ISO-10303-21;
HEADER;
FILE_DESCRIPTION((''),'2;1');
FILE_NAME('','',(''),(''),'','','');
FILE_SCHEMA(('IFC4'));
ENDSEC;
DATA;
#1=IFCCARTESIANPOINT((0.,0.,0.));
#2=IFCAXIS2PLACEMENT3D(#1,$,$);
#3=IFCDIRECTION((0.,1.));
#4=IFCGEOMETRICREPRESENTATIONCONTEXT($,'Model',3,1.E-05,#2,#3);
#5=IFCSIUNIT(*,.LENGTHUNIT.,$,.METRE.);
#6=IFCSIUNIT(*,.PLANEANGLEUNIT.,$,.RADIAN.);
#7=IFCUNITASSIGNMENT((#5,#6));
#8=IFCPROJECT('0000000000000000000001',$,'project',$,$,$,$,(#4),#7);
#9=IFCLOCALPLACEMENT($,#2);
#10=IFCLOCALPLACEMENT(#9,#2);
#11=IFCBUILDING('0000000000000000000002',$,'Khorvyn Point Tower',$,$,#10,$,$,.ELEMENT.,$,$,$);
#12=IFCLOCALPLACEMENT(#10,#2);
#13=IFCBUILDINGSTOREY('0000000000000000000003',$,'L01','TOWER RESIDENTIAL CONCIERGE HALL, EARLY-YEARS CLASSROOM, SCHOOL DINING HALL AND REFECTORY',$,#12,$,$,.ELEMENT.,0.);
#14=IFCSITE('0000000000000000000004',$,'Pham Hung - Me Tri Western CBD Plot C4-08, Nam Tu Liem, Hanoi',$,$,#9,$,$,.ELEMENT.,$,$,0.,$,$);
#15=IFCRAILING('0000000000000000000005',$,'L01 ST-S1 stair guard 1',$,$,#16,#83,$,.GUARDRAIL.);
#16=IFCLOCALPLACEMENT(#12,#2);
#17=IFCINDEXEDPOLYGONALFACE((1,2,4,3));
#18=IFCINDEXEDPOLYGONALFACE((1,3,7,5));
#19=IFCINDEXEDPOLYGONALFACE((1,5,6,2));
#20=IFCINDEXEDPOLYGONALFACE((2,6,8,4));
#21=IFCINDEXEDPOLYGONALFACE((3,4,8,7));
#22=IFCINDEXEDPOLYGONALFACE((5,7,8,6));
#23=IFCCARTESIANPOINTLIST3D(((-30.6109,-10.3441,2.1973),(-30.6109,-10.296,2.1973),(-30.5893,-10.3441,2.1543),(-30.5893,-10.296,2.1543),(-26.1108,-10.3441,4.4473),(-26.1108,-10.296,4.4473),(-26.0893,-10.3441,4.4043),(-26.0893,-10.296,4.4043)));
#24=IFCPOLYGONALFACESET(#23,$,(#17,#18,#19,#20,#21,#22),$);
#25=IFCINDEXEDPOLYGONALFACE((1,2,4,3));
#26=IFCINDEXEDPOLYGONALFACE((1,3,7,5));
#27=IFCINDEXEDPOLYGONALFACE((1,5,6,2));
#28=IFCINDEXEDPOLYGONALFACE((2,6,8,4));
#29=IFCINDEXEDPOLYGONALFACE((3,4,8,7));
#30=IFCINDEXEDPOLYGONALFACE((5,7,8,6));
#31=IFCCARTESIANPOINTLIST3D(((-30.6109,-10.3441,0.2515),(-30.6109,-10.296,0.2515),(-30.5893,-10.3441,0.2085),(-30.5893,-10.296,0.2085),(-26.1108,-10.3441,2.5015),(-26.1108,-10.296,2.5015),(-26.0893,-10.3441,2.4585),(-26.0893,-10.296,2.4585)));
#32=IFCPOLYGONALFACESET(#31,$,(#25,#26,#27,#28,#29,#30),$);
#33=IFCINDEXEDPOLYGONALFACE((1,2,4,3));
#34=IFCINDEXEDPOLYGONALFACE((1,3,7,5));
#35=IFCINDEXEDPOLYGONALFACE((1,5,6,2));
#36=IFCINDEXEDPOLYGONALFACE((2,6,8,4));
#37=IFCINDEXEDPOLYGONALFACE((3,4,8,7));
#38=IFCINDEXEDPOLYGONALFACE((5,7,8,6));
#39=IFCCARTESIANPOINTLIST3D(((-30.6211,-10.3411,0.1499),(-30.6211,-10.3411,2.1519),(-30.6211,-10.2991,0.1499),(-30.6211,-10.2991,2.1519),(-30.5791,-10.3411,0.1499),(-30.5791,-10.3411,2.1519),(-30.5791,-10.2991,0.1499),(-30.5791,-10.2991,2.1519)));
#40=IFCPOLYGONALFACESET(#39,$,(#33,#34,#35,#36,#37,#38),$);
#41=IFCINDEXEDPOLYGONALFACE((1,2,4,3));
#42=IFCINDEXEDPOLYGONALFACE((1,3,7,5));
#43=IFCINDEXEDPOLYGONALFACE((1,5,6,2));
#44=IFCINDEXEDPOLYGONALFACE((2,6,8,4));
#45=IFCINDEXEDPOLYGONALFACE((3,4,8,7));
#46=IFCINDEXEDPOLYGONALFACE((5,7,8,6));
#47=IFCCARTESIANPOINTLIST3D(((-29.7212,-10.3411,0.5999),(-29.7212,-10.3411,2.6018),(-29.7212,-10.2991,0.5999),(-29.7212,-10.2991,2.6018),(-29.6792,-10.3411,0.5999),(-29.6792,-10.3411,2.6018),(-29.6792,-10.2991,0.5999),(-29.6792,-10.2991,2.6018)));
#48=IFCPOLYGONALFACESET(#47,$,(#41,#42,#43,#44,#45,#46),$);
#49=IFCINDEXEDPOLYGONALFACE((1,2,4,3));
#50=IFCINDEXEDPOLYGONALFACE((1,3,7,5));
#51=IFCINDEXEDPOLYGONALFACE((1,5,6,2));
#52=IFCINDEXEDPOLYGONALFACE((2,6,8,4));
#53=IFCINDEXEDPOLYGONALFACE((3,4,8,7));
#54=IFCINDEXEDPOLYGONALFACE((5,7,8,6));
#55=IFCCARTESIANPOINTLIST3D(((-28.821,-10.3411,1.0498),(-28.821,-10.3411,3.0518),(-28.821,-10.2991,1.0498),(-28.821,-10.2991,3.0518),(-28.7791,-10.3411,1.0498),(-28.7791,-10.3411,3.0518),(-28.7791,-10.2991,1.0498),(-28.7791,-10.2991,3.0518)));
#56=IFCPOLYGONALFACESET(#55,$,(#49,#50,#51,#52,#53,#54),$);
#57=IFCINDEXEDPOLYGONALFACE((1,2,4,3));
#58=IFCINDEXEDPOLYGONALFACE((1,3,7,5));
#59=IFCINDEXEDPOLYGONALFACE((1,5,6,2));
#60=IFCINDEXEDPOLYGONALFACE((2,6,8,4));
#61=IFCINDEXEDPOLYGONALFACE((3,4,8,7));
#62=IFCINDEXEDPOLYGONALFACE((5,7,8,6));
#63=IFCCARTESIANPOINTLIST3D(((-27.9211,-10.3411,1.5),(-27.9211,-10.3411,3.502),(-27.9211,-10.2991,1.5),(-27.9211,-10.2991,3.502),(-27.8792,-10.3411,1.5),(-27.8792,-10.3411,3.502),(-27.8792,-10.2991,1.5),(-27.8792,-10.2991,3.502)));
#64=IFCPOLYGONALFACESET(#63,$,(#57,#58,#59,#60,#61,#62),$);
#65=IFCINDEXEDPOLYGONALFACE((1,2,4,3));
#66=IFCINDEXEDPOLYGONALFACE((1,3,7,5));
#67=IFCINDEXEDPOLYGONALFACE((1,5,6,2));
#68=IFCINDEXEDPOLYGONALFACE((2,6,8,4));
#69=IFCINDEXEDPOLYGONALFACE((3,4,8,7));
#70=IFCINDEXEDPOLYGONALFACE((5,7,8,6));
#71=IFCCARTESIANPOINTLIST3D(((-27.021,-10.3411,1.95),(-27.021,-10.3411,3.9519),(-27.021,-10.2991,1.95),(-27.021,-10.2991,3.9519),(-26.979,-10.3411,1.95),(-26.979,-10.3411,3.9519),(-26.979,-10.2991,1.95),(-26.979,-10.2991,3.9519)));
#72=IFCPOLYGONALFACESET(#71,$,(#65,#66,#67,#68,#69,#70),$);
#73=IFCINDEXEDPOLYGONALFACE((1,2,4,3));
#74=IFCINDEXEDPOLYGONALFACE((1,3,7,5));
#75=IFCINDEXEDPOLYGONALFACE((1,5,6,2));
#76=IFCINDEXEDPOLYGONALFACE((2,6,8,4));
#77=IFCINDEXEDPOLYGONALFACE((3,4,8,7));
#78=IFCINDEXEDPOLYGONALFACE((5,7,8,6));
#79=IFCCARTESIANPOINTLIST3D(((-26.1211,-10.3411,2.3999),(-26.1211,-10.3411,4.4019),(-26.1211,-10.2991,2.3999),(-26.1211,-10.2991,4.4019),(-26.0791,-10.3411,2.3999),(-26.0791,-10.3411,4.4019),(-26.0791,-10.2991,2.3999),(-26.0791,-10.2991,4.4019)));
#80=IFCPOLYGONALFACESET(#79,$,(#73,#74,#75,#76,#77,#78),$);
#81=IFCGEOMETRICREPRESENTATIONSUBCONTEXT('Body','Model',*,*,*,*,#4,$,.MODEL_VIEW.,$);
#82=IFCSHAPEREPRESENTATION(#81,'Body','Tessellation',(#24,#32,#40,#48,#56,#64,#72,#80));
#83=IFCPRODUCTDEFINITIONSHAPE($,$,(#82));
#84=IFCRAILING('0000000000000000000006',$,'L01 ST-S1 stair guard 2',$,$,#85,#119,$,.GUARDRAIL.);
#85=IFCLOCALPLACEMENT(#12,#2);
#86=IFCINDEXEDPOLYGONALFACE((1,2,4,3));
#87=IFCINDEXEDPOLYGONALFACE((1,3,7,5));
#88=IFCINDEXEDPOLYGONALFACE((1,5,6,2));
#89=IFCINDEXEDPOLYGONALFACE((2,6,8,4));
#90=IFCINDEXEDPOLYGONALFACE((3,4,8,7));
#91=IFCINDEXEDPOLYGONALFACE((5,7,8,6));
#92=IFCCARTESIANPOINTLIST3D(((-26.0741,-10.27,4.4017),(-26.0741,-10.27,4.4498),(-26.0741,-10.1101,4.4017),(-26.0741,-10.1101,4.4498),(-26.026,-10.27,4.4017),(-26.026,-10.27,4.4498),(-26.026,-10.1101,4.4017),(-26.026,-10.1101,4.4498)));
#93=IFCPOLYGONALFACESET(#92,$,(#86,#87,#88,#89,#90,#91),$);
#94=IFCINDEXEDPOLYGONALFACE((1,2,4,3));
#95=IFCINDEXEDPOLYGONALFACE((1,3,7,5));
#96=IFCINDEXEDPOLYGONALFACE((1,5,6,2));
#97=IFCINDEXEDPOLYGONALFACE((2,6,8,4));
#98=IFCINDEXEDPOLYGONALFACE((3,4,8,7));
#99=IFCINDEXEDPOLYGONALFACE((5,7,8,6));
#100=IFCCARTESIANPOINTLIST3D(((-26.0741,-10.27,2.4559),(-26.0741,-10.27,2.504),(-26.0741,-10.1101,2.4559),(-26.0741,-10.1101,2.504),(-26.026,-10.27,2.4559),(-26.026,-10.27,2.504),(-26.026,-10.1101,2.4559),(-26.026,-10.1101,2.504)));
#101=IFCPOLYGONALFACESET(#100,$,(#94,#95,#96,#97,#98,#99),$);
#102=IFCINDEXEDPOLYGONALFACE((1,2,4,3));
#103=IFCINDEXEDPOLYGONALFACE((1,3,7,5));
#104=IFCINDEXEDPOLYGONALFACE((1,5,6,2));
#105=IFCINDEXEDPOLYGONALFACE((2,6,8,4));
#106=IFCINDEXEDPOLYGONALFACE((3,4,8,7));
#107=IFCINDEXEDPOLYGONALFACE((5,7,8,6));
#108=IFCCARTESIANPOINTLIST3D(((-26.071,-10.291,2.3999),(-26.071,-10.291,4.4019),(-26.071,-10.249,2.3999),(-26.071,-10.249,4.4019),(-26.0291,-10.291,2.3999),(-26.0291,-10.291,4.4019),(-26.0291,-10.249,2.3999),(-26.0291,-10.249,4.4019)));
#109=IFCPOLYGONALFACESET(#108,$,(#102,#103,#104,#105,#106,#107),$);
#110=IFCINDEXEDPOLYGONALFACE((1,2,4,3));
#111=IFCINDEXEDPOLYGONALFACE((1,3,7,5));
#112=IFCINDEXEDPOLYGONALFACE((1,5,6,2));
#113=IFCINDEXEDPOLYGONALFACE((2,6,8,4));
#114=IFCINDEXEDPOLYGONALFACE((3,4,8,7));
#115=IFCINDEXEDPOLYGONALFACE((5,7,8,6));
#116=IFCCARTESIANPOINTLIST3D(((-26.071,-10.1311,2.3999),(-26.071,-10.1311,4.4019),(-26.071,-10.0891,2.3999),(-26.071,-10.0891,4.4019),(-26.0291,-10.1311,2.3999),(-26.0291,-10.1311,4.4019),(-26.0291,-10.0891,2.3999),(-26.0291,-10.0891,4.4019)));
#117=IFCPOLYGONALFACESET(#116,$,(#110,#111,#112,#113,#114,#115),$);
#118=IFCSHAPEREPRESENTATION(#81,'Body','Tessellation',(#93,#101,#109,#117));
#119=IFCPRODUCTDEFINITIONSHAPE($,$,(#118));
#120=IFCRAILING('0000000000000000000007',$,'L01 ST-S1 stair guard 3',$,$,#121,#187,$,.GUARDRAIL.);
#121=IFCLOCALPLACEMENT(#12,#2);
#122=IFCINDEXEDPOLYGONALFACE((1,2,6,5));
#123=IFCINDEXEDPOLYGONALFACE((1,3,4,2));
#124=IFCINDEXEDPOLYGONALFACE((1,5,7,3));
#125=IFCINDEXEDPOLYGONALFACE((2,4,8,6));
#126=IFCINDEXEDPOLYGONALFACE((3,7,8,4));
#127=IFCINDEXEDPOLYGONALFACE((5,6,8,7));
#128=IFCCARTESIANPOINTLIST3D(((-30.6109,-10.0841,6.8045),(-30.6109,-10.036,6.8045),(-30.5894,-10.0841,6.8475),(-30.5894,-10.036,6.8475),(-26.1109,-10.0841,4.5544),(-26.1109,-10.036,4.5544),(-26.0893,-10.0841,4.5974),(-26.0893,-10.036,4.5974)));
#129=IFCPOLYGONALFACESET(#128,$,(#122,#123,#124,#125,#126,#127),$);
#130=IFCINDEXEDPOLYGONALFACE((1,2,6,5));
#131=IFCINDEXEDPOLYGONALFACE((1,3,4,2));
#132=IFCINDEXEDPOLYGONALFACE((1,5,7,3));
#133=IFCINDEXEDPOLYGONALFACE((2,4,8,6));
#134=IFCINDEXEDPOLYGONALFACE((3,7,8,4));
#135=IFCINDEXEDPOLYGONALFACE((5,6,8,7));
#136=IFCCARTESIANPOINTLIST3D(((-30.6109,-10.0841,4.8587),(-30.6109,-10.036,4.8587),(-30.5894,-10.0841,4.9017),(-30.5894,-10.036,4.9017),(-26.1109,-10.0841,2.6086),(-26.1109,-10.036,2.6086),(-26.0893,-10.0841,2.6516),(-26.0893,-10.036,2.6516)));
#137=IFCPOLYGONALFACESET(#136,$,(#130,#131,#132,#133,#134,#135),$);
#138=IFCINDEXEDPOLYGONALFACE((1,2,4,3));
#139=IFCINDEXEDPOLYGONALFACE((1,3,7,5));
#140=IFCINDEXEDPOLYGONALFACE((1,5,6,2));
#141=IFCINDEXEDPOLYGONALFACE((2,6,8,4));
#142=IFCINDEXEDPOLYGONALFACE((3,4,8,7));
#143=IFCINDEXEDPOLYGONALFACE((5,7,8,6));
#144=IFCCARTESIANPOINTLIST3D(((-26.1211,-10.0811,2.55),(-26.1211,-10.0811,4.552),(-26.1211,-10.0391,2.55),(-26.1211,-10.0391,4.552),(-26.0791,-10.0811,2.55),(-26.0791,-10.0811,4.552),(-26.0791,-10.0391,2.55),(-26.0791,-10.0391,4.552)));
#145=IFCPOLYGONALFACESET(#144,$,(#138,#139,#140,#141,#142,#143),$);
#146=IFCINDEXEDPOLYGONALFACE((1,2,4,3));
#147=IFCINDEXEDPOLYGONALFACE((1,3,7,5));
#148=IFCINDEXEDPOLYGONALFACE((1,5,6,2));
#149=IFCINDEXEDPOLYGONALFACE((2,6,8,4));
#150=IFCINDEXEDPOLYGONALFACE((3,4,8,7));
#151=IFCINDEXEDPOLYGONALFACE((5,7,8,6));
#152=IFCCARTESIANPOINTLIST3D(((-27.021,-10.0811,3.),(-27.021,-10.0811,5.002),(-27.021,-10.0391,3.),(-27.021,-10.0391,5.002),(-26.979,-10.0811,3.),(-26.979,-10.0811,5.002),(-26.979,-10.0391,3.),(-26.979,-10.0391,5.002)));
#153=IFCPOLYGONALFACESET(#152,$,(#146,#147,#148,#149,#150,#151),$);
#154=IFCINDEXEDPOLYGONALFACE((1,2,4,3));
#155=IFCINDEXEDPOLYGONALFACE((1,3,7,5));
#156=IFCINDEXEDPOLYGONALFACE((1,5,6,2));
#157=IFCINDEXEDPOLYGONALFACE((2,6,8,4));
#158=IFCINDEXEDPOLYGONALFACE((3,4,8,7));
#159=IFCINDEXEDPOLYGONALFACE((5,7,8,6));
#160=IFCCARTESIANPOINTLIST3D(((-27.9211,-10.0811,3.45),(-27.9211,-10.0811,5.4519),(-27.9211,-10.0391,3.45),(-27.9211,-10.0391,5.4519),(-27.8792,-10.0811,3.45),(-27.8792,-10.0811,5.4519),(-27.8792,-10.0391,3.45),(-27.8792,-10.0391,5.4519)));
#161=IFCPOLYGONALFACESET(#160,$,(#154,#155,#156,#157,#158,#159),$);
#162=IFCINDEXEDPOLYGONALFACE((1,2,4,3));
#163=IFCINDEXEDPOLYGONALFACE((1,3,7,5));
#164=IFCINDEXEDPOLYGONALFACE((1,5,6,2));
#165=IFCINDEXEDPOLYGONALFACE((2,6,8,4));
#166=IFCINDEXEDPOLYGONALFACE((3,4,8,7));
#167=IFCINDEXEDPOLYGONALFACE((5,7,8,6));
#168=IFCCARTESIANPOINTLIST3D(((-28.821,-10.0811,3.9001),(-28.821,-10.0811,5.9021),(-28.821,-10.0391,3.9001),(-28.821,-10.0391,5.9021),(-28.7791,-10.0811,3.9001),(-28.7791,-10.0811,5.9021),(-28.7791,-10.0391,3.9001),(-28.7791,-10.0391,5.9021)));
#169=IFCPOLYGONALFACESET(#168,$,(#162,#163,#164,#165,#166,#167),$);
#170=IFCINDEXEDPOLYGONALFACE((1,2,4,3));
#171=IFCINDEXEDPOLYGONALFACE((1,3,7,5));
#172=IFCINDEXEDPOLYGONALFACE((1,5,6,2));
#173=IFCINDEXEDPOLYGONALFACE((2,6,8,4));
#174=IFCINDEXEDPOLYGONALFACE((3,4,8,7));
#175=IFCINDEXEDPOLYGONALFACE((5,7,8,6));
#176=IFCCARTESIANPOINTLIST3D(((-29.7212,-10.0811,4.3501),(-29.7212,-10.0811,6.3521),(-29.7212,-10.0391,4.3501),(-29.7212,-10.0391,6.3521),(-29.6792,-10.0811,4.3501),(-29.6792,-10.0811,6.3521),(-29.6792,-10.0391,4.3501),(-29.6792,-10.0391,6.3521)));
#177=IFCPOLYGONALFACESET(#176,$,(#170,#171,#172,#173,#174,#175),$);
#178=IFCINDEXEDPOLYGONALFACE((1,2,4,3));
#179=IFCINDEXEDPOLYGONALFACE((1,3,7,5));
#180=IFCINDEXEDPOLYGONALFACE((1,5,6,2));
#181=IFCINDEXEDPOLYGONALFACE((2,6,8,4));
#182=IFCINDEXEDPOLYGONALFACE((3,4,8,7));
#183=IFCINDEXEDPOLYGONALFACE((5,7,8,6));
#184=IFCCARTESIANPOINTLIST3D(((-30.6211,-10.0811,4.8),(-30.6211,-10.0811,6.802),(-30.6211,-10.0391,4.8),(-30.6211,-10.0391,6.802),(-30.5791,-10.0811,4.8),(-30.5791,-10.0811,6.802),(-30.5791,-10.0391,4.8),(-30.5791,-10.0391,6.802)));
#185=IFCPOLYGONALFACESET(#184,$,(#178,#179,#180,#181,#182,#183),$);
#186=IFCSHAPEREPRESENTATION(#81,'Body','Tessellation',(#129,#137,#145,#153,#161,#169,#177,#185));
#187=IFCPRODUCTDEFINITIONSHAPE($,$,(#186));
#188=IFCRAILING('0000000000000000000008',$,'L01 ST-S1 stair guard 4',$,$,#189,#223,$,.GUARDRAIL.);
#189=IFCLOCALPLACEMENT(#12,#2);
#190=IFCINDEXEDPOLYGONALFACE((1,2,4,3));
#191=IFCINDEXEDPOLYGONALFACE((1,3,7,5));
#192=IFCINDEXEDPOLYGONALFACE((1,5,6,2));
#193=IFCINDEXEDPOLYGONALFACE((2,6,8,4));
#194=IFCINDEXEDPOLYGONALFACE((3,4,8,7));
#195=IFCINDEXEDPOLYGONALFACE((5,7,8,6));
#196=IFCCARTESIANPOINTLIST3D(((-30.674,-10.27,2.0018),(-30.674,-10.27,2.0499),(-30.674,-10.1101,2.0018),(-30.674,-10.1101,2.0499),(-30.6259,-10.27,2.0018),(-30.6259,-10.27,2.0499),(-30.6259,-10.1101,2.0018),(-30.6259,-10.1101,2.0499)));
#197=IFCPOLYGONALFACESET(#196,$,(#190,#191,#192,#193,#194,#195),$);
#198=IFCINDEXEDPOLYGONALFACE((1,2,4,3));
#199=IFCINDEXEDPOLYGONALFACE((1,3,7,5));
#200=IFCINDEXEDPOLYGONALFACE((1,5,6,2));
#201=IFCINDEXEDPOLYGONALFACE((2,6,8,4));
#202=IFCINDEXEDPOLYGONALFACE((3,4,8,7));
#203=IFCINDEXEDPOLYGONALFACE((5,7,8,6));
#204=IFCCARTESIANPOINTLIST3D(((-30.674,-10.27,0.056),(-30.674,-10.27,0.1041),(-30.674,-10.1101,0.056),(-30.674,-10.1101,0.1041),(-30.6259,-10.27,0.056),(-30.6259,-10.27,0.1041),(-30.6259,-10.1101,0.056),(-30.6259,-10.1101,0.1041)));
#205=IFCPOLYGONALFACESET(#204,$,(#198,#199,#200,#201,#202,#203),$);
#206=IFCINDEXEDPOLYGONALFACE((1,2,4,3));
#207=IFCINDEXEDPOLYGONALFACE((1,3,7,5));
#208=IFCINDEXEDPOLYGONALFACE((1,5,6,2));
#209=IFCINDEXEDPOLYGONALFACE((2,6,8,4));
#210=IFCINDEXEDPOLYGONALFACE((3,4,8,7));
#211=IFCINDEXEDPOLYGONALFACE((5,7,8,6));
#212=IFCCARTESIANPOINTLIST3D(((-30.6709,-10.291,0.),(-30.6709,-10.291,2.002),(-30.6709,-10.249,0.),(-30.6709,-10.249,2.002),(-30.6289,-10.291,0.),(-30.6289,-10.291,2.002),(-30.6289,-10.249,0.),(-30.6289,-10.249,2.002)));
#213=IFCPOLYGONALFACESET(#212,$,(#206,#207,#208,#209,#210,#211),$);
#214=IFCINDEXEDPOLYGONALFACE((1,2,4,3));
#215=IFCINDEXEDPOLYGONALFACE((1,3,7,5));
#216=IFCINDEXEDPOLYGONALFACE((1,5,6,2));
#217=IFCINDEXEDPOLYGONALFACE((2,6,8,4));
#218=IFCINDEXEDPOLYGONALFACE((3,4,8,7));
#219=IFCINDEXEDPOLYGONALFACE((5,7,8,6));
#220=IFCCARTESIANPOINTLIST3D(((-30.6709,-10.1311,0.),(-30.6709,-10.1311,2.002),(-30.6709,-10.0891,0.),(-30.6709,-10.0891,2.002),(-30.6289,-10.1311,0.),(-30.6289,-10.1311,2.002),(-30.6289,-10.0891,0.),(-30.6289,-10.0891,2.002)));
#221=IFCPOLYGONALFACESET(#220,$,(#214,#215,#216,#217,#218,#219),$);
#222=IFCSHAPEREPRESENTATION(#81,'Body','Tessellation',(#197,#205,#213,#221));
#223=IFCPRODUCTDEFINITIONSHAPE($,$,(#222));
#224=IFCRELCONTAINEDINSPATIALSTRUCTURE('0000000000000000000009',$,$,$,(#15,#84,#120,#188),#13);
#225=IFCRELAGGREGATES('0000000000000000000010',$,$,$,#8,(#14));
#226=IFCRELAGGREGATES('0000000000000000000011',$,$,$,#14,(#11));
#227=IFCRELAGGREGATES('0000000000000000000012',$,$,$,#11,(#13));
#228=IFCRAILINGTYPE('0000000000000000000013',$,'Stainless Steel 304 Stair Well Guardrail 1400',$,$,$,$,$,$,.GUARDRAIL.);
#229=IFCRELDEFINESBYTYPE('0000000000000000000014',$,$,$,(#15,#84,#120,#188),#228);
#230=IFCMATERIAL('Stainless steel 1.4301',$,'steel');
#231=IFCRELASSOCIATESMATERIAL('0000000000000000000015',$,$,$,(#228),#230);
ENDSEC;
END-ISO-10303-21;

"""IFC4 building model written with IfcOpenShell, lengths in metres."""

from ifc_helpers import new_model, si_unit, direction, frame, origin, origin_2d, place, context, subcontext, project, spatial, rectangle, extrude, material, type_object, element, save


model = new_model("IFC4")

# Units and contexts
model_context = context("Model", 3, precision=1e-05, world=origin(), true_north=direction((0.0, 1.0)))
body_context = subcontext(model_context, "Body", "Model", "MODEL_VIEW")
ifc_project = project(units=[si_unit("LENGTHUNIT", "METRE"), si_unit("PLANEANGLEUNIT", "RADIAN")], contexts=[model_context])

# Site, building, storey
site_placement = place(None, origin())
site = spatial("IfcSite", under=ifc_project, at=site_placement, Name="Pham Hung - Me Tri Western CBD Plot C4-08, Nam Tu Liem, Hanoi", CompositionType="ELEMENT", RefElevation=0.0)
building_placement = place(site_placement, origin())
building = spatial("IfcBuilding", under=site, at=building_placement, Name="Khorvyn Point Tower", CompositionType="ELEMENT")
storey_placement = place(building_placement, origin())
storey = spatial("IfcBuildingStorey", under=building, at=storey_placement, Name="L01", Description="TOWER RESIDENTIAL CONCIERGE HALL, EARLY-YEARS CLASSROOM, SCHOOL DINING HALL AND REFECTORY", CompositionType="ELEMENT", Elevation=0.0)

# Railings
ifc_material_1 = material(Name="Stainless steel 1.4301", Category="steel")
railing_type_1 = type_object("IfcRailingType", Name="Stainless Steel 304 Stair Well Guardrail 1400", PredefinedType="GUARDRAIL", material=ifc_material_1)
railing_1_placement = place(storey_placement, frame((-30.6001, -10.3201, 0.1499)))
element("IfcRailing", 1, at=railing_1_placement, inside=storey, type_object=railing_type_1, Name="L01 ST-S1 stair guard 1", PredefinedType="GUARDRAIL", context=body_context, shape_type="SweptSolid", body=[
    extrude(rectangle(XDim=0.0481, YDim=0.0481, at=origin_2d()), frame((0.0, 0.0, 2.0259), z_axis=(0.894427, 0.0, 0.447214), x_axis=(0.0, 1.0, 0.0)), (0.0, 0.0, 1.0), 5.0312),
    extrude(rectangle(XDim=0.0481, YDim=0.0481, at=origin_2d()), frame((0.0, 0.0, 0.0801), z_axis=(0.894427, 0.0, 0.447214), x_axis=(0.0, 1.0, 0.0)), (0.0, 0.0, 1.0), 5.0312),
    extrude(rectangle(XDim=0.042, YDim=0.042, at=origin_2d()), origin(), (0.0, 0.0, 1.0), 2.002),
    extrude(rectangle(XDim=0.042, YDim=0.042, at=origin_2d()), frame((0.8999, 0.0, 0.45)), (0.0, 0.0, 1.0), 2.002),
    extrude(rectangle(XDim=0.042, YDim=0.042, at=origin_2d()), frame((1.8, 0.0, 0.8999)), (0.0, 0.0, 1.0), 2.002),
    extrude(rectangle(XDim=0.042, YDim=0.042, at=origin_2d()), frame((2.7, 0.0, 1.3501)), (0.0, 0.0, 1.0), 2.002),
    extrude(rectangle(XDim=0.042, YDim=0.042, at=origin_2d()), frame((3.6001, 0.0, 1.8)), (0.0, 0.0, 1.0), 2.002),
    extrude(rectangle(XDim=0.042, YDim=0.042, at=origin_2d()), frame((4.5, 0.0, 2.25)), (0.0, 0.0, 1.0), 2.002),
])
railing_2_placement = place(storey_placement, frame((-26.05, -10.27, 2.3999)))
element("IfcRailing", 2, at=railing_2_placement, inside=storey, type_object=railing_type_1, Name="L01 ST-S1 stair guard 2", PredefinedType="GUARDRAIL", context=body_context, shape_type="SweptSolid", body=[
    extrude(rectangle(XDim=0.0481, YDim=0.0481, at=origin_2d()), frame((0.0, 0.0, 2.0259), z_axis=(0.0, 1.0, 0.0), x_axis=(-1.0, 0.0, 0.0)), (0.0, 0.0, 1.0), 0.1599),
    extrude(rectangle(XDim=0.0481, YDim=0.0481, at=origin_2d()), frame((0.0, 0.0, 0.0801), z_axis=(0.0, 1.0, 0.0), x_axis=(-1.0, 0.0, 0.0)), (0.0, 0.0, 1.0), 0.1599),
    extrude(rectangle(XDim=0.042, YDim=0.042, at=origin_2d()), origin(), (0.0, 0.0, 1.0), 2.002),
    extrude(rectangle(XDim=0.042, YDim=0.042, at=origin_2d()), frame((0.0, 0.1599, 0.0)), (0.0, 0.0, 1.0), 2.002),
])
railing_3_placement = place(storey_placement, frame((-26.1001, -10.0601, 2.55)))
element("IfcRailing", 3, at=railing_3_placement, inside=storey, type_object=railing_type_1, Name="L01 ST-S1 stair guard 3", PredefinedType="GUARDRAIL", context=body_context, shape_type="SweptSolid", body=[
    extrude(rectangle(XDim=0.0481, YDim=0.0481, at=origin_2d()), frame((0.0, 0.0, 2.0259), z_axis=(-0.894427, 0.0, 0.447214), x_axis=(0.0, -1.0, 0.0)), (0.0, 0.0, 1.0), 5.0312),
    extrude(rectangle(XDim=0.0481, YDim=0.0481, at=origin_2d()), frame((0.0, 0.0, 0.0801), z_axis=(-0.894427, 0.0, 0.447214), x_axis=(0.0, -1.0, 0.0)), (0.0, 0.0, 1.0), 5.0312),
    extrude(rectangle(XDim=0.042, YDim=0.042, at=origin_2d()), origin(), (0.0, 0.0, 1.0), 2.002),
    extrude(rectangle(XDim=0.042, YDim=0.042, at=origin_2d()), frame((-0.8999, 0.0, 0.45)), (0.0, 0.0, 1.0), 2.002),
    extrude(rectangle(XDim=0.042, YDim=0.042, at=origin_2d()), frame((-1.8, 0.0, 0.8999)), (0.0, 0.0, 1.0), 2.002),
    extrude(rectangle(XDim=0.042, YDim=0.042, at=origin_2d()), frame((-2.7, 0.0, 1.3501)), (0.0, 0.0, 1.0), 2.002),
    extrude(rectangle(XDim=0.042, YDim=0.042, at=origin_2d()), frame((-3.6001, 0.0, 1.8)), (0.0, 0.0, 1.0), 2.002),
    extrude(rectangle(XDim=0.042, YDim=0.042, at=origin_2d()), frame((-4.5, 0.0, 2.25)), (0.0, 0.0, 1.0), 2.002),
])
railing_4_placement = place(storey_placement, frame((-30.6499, -10.27, 0.0)))
element("IfcRailing", 4, at=railing_4_placement, inside=storey, type_object=railing_type_1, Name="L01 ST-S1 stair guard 4", PredefinedType="GUARDRAIL", context=body_context, shape_type="SweptSolid", body=[
    extrude(rectangle(XDim=0.0481, YDim=0.0481, at=origin_2d()), frame((0.0, 0.0, 2.0259), z_axis=(0.0, 1.0, 0.0), x_axis=(-1.0, 0.0, 0.0)), (0.0, 0.0, 1.0), 0.1599),
    extrude(rectangle(XDim=0.0481, YDim=0.0481, at=origin_2d()), frame((0.0, 0.0, 0.0801), z_axis=(0.0, 1.0, 0.0), x_axis=(-1.0, 0.0, 0.0)), (0.0, 0.0, 1.0), 0.1599),
    extrude(rectangle(XDim=0.042, YDim=0.042, at=origin_2d()), origin(), (0.0, 0.0, 1.0), 2.002),
    extrude(rectangle(XDim=0.042, YDim=0.042, at=origin_2d()), frame((0.0, 0.1599, 0.0)), (0.0, 0.0, 1.0), 2.002),
])

save(model, "model.ifc")
